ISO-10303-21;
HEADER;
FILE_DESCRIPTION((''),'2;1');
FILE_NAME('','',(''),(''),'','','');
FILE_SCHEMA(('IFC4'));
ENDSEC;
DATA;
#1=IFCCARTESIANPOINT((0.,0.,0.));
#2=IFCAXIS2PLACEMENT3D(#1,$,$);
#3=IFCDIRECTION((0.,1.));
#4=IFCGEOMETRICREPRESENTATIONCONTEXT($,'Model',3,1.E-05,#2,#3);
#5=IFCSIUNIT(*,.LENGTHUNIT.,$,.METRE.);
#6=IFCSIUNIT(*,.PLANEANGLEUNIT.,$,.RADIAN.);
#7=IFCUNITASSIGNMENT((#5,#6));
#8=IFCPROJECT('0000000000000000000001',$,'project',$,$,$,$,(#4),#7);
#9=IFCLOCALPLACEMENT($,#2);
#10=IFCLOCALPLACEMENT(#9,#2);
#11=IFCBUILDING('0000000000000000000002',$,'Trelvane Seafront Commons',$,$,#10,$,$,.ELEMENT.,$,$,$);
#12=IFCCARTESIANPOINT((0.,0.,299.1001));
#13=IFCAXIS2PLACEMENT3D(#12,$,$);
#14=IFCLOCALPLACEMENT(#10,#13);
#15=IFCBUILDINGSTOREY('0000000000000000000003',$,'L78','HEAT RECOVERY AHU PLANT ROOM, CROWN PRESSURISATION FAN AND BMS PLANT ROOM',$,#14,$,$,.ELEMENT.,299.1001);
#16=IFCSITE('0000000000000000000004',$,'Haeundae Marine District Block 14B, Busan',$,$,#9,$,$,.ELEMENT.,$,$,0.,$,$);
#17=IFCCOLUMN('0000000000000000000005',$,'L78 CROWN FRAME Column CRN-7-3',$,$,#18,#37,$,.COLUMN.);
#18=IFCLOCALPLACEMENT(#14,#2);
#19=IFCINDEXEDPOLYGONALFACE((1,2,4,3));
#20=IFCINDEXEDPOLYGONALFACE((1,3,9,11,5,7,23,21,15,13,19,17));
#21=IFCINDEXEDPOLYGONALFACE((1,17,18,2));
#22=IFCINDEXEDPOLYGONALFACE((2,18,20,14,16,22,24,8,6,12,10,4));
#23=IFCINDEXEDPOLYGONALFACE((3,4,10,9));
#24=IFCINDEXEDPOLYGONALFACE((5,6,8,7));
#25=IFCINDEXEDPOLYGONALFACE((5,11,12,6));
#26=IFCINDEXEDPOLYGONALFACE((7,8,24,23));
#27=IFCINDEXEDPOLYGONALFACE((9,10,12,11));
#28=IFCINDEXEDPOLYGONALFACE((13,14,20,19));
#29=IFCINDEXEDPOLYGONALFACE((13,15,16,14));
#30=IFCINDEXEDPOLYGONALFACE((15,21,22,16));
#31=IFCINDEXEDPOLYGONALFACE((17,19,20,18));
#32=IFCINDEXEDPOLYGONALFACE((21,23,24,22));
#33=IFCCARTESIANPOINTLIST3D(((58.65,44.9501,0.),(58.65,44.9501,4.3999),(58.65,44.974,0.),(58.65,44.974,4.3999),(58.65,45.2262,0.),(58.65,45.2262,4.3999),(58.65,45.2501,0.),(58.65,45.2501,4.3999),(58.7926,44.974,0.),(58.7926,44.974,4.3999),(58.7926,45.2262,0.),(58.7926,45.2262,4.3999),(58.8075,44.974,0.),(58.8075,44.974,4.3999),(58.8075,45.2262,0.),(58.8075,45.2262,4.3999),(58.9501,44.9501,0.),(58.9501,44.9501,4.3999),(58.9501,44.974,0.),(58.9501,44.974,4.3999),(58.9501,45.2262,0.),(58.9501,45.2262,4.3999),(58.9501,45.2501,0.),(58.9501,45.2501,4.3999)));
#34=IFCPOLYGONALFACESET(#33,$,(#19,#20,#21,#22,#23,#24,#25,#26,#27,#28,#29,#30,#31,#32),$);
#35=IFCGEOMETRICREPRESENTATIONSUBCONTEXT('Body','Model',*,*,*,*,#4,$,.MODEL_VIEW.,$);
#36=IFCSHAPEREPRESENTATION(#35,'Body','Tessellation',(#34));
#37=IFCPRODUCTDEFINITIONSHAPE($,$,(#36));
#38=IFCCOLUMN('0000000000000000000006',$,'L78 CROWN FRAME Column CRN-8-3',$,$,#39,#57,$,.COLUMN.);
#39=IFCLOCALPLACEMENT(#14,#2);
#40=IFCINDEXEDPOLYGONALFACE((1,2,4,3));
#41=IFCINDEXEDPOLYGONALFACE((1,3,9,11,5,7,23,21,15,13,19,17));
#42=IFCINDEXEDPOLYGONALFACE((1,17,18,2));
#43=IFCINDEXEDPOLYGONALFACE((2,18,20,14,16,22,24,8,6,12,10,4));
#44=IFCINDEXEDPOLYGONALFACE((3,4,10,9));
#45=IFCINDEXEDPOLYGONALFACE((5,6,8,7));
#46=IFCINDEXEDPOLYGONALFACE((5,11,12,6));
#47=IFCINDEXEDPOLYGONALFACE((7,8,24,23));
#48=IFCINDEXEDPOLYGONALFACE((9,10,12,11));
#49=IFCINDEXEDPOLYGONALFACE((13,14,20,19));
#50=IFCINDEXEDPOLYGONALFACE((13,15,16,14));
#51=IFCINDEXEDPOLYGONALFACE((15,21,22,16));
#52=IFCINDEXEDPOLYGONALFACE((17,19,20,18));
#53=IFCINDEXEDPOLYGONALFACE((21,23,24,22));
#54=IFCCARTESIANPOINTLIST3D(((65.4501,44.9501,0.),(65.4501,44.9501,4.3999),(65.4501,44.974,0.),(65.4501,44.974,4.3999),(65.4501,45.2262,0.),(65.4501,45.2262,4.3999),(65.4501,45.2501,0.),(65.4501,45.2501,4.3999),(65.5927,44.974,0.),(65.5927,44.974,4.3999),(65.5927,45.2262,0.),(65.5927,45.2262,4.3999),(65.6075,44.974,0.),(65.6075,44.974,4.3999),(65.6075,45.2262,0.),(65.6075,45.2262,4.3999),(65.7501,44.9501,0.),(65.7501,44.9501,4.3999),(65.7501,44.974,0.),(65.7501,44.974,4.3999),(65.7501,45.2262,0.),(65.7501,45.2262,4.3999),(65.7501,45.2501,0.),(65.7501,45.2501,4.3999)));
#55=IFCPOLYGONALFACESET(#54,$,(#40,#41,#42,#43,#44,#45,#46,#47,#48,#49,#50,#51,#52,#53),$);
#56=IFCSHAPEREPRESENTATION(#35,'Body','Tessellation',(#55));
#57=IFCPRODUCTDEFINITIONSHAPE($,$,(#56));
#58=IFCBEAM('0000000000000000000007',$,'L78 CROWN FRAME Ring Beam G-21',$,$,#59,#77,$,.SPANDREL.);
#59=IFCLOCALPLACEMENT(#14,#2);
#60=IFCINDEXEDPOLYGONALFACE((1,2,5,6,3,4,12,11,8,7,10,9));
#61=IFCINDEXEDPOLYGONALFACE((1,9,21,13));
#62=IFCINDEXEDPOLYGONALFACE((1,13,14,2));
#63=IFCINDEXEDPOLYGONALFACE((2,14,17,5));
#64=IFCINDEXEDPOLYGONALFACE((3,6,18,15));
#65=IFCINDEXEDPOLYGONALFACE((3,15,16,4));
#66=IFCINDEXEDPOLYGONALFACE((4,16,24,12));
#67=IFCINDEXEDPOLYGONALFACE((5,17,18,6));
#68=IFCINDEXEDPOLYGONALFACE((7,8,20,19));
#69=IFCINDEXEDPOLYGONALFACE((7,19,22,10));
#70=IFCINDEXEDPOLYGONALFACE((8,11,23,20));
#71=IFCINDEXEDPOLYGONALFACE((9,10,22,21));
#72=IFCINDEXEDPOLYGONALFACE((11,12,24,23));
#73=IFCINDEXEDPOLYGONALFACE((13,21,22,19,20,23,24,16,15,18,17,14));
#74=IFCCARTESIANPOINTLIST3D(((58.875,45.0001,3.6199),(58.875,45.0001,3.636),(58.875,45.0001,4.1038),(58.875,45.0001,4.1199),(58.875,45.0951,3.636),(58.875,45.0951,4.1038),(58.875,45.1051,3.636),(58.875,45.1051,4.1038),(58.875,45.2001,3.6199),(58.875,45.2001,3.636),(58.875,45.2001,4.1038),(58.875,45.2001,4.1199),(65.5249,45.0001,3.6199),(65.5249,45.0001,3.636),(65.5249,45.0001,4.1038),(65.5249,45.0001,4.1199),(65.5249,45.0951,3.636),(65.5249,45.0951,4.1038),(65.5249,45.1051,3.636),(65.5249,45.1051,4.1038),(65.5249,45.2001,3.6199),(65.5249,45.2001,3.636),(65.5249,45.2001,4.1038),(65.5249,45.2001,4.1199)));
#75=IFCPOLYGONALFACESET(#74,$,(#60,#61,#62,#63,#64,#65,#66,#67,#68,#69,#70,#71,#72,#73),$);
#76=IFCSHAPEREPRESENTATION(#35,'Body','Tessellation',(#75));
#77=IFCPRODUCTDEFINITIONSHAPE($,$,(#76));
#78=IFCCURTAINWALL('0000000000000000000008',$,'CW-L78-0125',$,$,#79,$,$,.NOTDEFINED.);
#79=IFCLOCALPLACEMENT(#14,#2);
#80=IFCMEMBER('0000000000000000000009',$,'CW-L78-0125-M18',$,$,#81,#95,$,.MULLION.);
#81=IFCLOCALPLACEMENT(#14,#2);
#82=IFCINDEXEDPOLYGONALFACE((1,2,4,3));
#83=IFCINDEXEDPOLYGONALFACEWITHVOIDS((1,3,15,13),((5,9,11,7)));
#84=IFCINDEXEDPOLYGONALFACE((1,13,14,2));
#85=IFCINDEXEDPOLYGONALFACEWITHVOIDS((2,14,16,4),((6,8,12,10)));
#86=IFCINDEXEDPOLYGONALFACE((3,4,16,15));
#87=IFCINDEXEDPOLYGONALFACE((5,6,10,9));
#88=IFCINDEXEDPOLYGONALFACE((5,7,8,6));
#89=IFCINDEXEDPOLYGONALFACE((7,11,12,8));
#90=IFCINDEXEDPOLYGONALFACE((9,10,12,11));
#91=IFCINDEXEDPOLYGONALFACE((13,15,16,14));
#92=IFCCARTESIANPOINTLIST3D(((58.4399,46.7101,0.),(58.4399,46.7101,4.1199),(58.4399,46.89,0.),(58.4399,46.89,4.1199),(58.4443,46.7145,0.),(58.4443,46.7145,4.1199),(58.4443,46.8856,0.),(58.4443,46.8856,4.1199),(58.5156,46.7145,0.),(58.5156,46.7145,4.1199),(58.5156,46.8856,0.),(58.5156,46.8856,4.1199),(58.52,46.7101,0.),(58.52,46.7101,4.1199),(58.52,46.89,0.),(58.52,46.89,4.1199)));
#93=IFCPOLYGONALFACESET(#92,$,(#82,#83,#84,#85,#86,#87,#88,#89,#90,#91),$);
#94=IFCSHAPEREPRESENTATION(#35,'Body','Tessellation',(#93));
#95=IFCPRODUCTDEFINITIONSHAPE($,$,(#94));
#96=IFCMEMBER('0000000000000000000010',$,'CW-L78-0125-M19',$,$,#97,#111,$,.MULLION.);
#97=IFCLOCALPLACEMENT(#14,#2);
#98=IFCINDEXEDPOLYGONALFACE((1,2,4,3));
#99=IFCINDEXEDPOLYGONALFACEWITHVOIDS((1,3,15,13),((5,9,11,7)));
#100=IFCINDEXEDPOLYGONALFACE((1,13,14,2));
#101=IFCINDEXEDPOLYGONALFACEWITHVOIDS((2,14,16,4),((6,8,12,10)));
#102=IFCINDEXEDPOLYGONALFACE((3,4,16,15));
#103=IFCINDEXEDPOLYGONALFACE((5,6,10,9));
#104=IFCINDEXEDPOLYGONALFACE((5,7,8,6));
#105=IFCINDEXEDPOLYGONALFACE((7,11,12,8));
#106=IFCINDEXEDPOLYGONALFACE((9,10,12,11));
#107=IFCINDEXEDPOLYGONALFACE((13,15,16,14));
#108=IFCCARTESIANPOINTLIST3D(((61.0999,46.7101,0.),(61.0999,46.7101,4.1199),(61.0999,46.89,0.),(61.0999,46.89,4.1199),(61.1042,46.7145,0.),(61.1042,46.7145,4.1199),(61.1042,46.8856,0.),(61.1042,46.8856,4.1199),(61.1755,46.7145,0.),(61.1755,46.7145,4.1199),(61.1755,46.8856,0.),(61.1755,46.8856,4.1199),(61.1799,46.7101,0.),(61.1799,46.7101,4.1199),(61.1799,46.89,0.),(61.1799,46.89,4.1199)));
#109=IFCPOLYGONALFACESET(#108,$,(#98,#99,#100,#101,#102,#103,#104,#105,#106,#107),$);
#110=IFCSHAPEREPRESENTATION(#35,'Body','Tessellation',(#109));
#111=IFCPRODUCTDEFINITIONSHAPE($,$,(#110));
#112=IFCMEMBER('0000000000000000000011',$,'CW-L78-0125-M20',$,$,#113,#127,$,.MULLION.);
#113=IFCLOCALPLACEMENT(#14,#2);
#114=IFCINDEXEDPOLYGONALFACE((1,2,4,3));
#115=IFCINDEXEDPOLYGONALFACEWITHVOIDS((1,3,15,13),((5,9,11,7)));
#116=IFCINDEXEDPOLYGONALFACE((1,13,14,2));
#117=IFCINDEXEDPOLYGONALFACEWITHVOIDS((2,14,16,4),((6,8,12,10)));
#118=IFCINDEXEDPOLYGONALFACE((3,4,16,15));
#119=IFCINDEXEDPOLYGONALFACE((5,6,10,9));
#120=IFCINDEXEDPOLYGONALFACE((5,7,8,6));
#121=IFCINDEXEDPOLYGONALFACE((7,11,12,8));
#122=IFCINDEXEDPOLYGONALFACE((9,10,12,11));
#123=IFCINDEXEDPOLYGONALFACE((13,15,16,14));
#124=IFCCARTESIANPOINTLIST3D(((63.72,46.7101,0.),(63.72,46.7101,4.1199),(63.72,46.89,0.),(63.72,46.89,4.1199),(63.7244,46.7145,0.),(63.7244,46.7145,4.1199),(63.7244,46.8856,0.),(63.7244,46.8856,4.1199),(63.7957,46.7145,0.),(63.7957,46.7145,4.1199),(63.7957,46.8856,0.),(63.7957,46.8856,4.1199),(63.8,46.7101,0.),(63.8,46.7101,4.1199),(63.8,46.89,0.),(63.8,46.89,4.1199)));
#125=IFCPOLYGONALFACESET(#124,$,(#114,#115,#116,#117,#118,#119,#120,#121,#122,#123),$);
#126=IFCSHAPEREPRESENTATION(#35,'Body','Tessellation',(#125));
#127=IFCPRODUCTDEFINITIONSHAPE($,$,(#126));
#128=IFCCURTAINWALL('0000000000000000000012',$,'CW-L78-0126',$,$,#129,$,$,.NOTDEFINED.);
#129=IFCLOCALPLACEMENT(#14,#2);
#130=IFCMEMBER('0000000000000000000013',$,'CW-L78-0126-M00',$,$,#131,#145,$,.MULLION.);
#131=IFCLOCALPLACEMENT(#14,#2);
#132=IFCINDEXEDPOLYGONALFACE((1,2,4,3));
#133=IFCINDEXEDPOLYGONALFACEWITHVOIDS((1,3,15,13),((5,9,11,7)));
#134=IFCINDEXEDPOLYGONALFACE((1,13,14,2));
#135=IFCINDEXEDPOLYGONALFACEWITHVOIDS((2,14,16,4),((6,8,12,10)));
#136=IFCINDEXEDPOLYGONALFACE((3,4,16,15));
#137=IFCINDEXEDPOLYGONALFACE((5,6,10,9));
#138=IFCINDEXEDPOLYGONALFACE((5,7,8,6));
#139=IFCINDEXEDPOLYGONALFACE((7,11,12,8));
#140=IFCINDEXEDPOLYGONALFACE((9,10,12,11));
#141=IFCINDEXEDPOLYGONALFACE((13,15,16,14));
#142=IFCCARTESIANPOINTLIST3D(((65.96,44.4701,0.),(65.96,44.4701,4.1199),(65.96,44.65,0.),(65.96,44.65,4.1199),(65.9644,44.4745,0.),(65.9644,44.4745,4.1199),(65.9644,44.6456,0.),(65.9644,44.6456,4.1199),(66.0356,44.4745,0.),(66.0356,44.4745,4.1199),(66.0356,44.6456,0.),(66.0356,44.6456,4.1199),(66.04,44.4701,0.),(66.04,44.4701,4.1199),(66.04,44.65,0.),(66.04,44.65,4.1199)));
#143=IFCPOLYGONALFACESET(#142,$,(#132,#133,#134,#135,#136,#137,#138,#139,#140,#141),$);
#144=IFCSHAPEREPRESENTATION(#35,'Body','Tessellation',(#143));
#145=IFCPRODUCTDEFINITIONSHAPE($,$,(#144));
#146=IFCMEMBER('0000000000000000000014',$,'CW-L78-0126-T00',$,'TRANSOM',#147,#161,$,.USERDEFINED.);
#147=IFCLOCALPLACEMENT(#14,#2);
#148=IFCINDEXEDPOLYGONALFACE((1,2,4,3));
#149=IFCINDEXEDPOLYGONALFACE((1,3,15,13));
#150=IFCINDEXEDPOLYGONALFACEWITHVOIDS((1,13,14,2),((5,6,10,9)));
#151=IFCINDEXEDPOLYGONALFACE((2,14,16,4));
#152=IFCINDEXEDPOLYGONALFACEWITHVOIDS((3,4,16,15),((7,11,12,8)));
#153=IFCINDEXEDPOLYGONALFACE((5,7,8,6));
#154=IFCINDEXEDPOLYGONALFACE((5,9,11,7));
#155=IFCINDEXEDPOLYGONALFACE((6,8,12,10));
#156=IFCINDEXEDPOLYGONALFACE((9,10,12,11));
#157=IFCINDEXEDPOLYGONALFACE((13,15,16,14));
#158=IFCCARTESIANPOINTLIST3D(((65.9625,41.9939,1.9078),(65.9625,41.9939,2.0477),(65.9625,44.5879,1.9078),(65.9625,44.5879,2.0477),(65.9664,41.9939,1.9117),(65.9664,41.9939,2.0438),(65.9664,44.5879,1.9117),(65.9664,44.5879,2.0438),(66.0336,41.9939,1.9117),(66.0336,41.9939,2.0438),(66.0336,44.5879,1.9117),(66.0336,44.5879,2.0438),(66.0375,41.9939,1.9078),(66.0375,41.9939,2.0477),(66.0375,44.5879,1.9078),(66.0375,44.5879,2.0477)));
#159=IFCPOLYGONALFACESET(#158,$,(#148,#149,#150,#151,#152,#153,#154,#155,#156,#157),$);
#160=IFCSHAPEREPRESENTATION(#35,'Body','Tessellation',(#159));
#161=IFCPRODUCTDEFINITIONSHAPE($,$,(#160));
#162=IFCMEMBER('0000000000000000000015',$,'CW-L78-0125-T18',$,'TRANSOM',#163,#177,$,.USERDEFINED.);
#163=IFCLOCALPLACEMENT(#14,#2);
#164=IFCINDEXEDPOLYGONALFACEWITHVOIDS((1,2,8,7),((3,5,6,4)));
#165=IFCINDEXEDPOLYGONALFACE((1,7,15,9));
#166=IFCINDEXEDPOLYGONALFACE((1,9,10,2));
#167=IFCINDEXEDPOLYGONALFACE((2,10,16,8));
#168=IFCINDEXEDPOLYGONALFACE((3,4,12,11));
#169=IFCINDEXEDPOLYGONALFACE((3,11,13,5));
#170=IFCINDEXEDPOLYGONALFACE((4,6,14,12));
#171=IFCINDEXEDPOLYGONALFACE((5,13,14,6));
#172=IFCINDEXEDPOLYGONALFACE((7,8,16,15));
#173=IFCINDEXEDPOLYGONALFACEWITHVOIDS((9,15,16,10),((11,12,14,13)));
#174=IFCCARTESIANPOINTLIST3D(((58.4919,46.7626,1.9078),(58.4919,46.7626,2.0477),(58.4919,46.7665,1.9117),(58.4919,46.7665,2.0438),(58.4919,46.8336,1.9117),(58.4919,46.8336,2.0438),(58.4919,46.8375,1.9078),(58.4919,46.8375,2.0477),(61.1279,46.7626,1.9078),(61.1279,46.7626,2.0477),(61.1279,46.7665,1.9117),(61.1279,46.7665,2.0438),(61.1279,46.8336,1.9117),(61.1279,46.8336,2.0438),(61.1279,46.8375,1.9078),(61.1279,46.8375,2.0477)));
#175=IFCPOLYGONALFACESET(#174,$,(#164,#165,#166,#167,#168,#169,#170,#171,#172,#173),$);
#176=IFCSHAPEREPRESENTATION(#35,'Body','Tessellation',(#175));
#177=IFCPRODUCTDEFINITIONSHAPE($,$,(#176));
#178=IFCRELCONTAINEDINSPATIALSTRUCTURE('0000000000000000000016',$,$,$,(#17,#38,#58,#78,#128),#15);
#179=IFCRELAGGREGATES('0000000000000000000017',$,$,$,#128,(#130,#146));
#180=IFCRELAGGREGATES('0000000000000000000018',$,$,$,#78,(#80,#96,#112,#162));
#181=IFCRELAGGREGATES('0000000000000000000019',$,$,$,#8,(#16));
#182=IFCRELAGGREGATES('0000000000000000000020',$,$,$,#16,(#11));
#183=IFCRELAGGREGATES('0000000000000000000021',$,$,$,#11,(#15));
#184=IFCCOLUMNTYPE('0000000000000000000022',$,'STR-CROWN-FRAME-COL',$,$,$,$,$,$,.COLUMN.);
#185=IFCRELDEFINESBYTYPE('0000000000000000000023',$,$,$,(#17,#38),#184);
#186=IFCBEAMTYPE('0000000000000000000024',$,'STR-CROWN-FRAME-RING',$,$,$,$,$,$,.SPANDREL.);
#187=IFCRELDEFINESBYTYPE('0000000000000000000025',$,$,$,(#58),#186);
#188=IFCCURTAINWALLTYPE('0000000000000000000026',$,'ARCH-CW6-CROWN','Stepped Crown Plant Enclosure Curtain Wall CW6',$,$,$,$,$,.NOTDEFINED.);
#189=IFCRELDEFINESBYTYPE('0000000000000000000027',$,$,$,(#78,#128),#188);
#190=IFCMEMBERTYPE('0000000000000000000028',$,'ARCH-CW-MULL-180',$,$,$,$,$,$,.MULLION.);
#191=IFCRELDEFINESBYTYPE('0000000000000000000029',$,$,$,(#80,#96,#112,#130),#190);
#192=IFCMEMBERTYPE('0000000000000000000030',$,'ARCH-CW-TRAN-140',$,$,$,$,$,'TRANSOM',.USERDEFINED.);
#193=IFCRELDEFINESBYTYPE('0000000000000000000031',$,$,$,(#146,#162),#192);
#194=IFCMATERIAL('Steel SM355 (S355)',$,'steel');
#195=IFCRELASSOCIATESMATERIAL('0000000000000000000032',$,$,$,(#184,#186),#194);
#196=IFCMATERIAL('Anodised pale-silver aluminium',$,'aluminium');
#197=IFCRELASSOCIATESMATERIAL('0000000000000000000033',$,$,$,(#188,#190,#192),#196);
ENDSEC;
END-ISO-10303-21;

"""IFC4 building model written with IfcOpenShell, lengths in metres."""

from ifc_helpers import new_model, si_unit, direction, frame, origin, origin_2d, place, context, subcontext, project, spatial, hollow_rectangle, i_section, extrude, source, transform, mapped, material, material_profile, profile_set, type_object, element, aggregate, save


model = new_model("IFC4")

# Units and contexts
model_context = context("Model", 3, precision=1e-05, world=origin(), true_north=direction((0.0, 1.0)))
body_context = subcontext(model_context, "Body", "Model", "MODEL_VIEW")
ifc_project = project(units=[si_unit("LENGTHUNIT", "METRE"), si_unit("PLANEANGLEUNIT", "RADIAN")], contexts=[model_context])

# Site, building, storey
site_placement = place(None, origin())
site = spatial("IfcSite", under=ifc_project, at=site_placement, Name="Haeundae Marine District Block 14B, Busan", CompositionType="ELEMENT", RefElevation=0.0)
building_placement = place(site_placement, origin())
building = spatial("IfcBuilding", under=site, at=building_placement, Name="Trelvane Seafront Commons", CompositionType="ELEMENT")
storey_placement = place(building_placement, frame((0.0, 0.0, 299.1001)))
storey = spatial("IfcBuildingStorey", under=building, at=storey_placement, Name="L78", Description="HEAT RECOVERY AHU PLANT ROOM, CROWN PRESSURISATION FAN AND BMS PLANT ROOM", CompositionType="ELEMENT", Elevation=299.1001)

# Columns
ifc_material_1 = material(Name="Steel SM355 (S355)", Category="steel")
ifc_material_profile_1 = material_profile(ifc_material_1, i_section(OverallWidth=0.3, OverallDepth=0.3, WebThickness=0.0149, FlangeThickness=0.0239, at=origin_2d()), Name="HD-300x300x15x24")
ifc_profile_set_1 = profile_set([ifc_material_profile_1], Name="Steel SM355 (S355)")
column_type = type_object("IfcColumnType", Name="STR-CROWN-FRAME-COL", PredefinedType="COLUMN", material=ifc_profile_set_1)
shared_shape_1 = source(origin(), body_context, "Body", "SweptSolid", [
    extrude(i_section(OverallWidth=0.3, OverallDepth=0.3, WebThickness=0.0149, FlangeThickness=0.0239, at=origin_2d()), origin(), (0.0, 0.0, 1.0), 4.3999),
])
for number, where, z_axis, x_axis, name in (
    (1, (58.8, 45.1001, 0.0), (0.0, 0.0, 1.0), (1.0, 0.0, 0.0), "L78 CROWN FRAME Column CRN-7-3"),
    (2, (65.6001, 45.1001, 0.0), (0.0, 0.0, 1.0), (1.0, 0.0, 0.0), "L78 CROWN FRAME Column CRN-8-3"),
):
    element("IfcColumn", number, at=place(storey_placement, frame(where, z_axis=z_axis, x_axis=x_axis)), inside=storey, type_object=column_type, Name=name, PredefinedType="COLUMN", context=body_context, shape_type="MappedRepresentation", body=[
        mapped(shared_shape_1, transform((0.0, 0.0, 0.0), x_axis=(1.0, 0.0, 0.0), y_axis=(0.0, 1.0, 0.0), z_axis=(0.0, 0.0, 1.0), scale=1.0)),
    ])

# Beam
ifc_material_profile_2 = material_profile(ifc_material_1, i_section(OverallWidth=0.2, OverallDepth=0.5, WebThickness=0.01, FlangeThickness=0.0161, at=origin_2d()), Name="H-500x200x10x16")
ifc_profile_set_2 = profile_set([ifc_material_profile_2], Name="Steel SM355 (S355)")
beam_type = type_object("IfcBeamType", Name="STR-CROWN-FRAME-RING", PredefinedType="SPANDREL", material=ifc_profile_set_2)
shared_shape_2 = source(origin(), body_context, "Body", "SweptSolid", [
    extrude(i_section(OverallWidth=0.2, OverallDepth=0.5, WebThickness=0.01, FlangeThickness=0.0161, at=origin_2d()), origin(), (0.0, 0.0, 1.0), 6.6499),
])
beam_placement = place(storey_placement, frame((58.875, 45.1001, 3.8699), z_axis=(1.0, 0.0, 0.0), x_axis=(0.0, 1.0, 0.0)))
element("IfcBeam", 3, at=beam_placement, inside=storey, type_object=beam_type, Name="L78 CROWN FRAME Ring Beam G-21", PredefinedType="SPANDREL", context=body_context, shape_type="MappedRepresentation", body=[
    mapped(shared_shape_2, transform((0.0, 0.0, 0.0), x_axis=(1.0, 0.0, 0.0), y_axis=(0.0, 1.0, 0.0), z_axis=(0.0, 0.0, 1.0), scale=1.0)),
])

# Curtain walls, members
ifc_material_2 = material(Name="Anodised pale-silver aluminium", Category="aluminium")
curtain_wall_type = type_object("IfcCurtainWallType", Name="ARCH-CW6-CROWN", Description="Stepped Crown Plant Enclosure Curtain Wall CW6", PredefinedType="NOTDEFINED", material=ifc_material_2)
curtain_wall_1_placement = place(storey_placement, origin())
curtain_wall_1 = element("IfcCurtainWall", 4, at=curtain_wall_1_placement, inside=storey, type_object=curtain_wall_type, Name="CW-L78-0125", PredefinedType="NOTDEFINED")
ifc_material_profile_3 = material_profile(ifc_material_2, hollow_rectangle(XDim=0.0801, YDim=0.1799, WallThickness=0.0044, at=origin_2d()), Name="MULL-80x180x4.5")
ifc_profile_set_3 = profile_set([ifc_material_profile_3], Name="Anodised pale-silver aluminium")
member_type_1 = type_object("IfcMemberType", Name="ARCH-CW-MULL-180", PredefinedType="MULLION", material=ifc_profile_set_3)
shared_shape_3 = source(origin(), body_context, "Body", "SweptSolid", [
    extrude(hollow_rectangle(XDim=0.0801, YDim=0.1799, WallThickness=0.0044, at=origin_2d()), origin(), (0.0, 0.0, 1.0), 4.1199),
])
member_1_placement = place(storey_placement, frame((58.48, 46.8, 0.0), z_axis=(0.0, 0.0, 1.0), x_axis=(1.0, 0.0, 0.0)))
member_1 = element("IfcMember", 5, at=member_1_placement, type_object=member_type_1, Name="CW-L78-0125-M18", PredefinedType="MULLION", context=body_context, shape_type="MappedRepresentation", body=[
    mapped(shared_shape_3, transform((0.0, 0.0, 0.0), x_axis=(1.0, 0.0, 0.0), y_axis=(0.0, 1.0, 0.0), z_axis=(0.0, 0.0, 1.0), scale=1.0)),
])
member_2_placement = place(storey_placement, frame((61.1399, 46.8, 0.0), z_axis=(0.0, 0.0, 1.0), x_axis=(1.0, 0.0, 0.0)))
member_2 = element("IfcMember", 6, at=member_2_placement, type_object=member_type_1, Name="CW-L78-0125-M19", PredefinedType="MULLION", context=body_context, shape_type="MappedRepresentation", body=[
    mapped(shared_shape_3, transform((0.0, 0.0, 0.0), x_axis=(1.0, 0.0, 0.0), y_axis=(0.0, 1.0, 0.0), z_axis=(0.0, 0.0, 1.0), scale=1.0)),
])
member_3_placement = place(storey_placement, frame((63.76, 46.8, 0.0), z_axis=(0.0, 0.0, 1.0), x_axis=(1.0, 0.0, 0.0)))
member_3 = element("IfcMember", 7, at=member_3_placement, type_object=member_type_1, Name="CW-L78-0125-M20", PredefinedType="MULLION", context=body_context, shape_type="MappedRepresentation", body=[
    mapped(shared_shape_3, transform((0.0, 0.0, 0.0), x_axis=(1.0, 0.0, 0.0), y_axis=(0.0, 1.0, 0.0), z_axis=(0.0, 0.0, 1.0), scale=1.0)),
])
curtain_wall_2_placement = place(storey_placement, origin())
curtain_wall_2 = element("IfcCurtainWall", 8, at=curtain_wall_2_placement, inside=storey, type_object=curtain_wall_type, Name="CW-L78-0126", PredefinedType="NOTDEFINED")
member_4_placement = place(storey_placement, frame((66.0, 44.5601, 0.0), z_axis=(0.0, 0.0, 1.0), x_axis=(1.0, 0.0, 0.0)))
member_4 = element("IfcMember", 9, at=member_4_placement, type_object=member_type_1, Name="CW-L78-0126-M00", PredefinedType="MULLION", context=body_context, shape_type="MappedRepresentation", body=[
    mapped(shared_shape_3, transform((0.0, 0.0, 0.0), x_axis=(1.0, 0.0, 0.0), y_axis=(0.0, 1.0, 0.0), z_axis=(0.0, 0.0, 1.0), scale=1.0)),
])
ifc_material_profile_4 = material_profile(ifc_material_2, hollow_rectangle(XDim=0.075, YDim=0.1399, WallThickness=0.0039, at=origin_2d()), Name="TRAN-75x140x4")
ifc_profile_set_4 = profile_set([ifc_material_profile_4], Name="Anodised pale-silver aluminium")
member_type_2 = type_object("IfcMemberType", Name="ARCH-CW-TRAN-140", ElementType="TRANSOM", PredefinedType="USERDEFINED", material=ifc_profile_set_4)
shared_shape_4 = source(origin(), body_context, "Body", "SweptSolid", [
    extrude(hollow_rectangle(XDim=0.075, YDim=0.1399, WallThickness=0.0039, at=origin_2d()), origin(), (0.0, 0.0, 1.0), 2.594),
])
member_5_placement = place(storey_placement, frame((66.0, 44.5879, 1.9778), z_axis=(0.0, -1.0, 0.0), x_axis=(1.0, 0.0, 0.0)))
member_5 = element("IfcMember", 10, at=member_5_placement, type_object=member_type_2, Name="CW-L78-0126-T00", ObjectType="TRANSOM", PredefinedType="USERDEFINED", context=body_context, shape_type="MappedRepresentation", body=[
    mapped(shared_shape_4, transform((0.0, 0.0, 0.0), x_axis=(1.0, 0.0, 0.0), y_axis=(0.0, 1.0, 0.0), z_axis=(0.0, 0.0, 1.0), scale=1.0)),
])
aggregate(curtain_wall_2, [member_4, member_5])

# Member
shared_shape_5 = source(origin(), body_context, "Body", "SweptSolid", [
    extrude(hollow_rectangle(XDim=0.075, YDim=0.1399, WallThickness=0.0039, at=origin_2d()), origin(), (0.0, 0.0, 1.0), 2.636),
])
member_6_placement = place(storey_placement, frame((58.4919, 46.8, 1.9778), z_axis=(1.0, 0.0, 0.0), x_axis=(0.0, 1.0, 0.0)))
member_6 = element("IfcMember", 11, at=member_6_placement, type_object=member_type_2, Name="CW-L78-0125-T18", ObjectType="TRANSOM", PredefinedType="USERDEFINED", context=body_context, shape_type="MappedRepresentation", body=[
    mapped(shared_shape_5, transform((0.0, 0.0, 0.0), x_axis=(1.0, 0.0, 0.0), y_axis=(0.0, 1.0, 0.0), z_axis=(0.0, 0.0, 1.0), scale=1.0)),
])

aggregate(curtain_wall_1, [member_1, member_2, member_3, member_6])

save(model, "model.ifc")
